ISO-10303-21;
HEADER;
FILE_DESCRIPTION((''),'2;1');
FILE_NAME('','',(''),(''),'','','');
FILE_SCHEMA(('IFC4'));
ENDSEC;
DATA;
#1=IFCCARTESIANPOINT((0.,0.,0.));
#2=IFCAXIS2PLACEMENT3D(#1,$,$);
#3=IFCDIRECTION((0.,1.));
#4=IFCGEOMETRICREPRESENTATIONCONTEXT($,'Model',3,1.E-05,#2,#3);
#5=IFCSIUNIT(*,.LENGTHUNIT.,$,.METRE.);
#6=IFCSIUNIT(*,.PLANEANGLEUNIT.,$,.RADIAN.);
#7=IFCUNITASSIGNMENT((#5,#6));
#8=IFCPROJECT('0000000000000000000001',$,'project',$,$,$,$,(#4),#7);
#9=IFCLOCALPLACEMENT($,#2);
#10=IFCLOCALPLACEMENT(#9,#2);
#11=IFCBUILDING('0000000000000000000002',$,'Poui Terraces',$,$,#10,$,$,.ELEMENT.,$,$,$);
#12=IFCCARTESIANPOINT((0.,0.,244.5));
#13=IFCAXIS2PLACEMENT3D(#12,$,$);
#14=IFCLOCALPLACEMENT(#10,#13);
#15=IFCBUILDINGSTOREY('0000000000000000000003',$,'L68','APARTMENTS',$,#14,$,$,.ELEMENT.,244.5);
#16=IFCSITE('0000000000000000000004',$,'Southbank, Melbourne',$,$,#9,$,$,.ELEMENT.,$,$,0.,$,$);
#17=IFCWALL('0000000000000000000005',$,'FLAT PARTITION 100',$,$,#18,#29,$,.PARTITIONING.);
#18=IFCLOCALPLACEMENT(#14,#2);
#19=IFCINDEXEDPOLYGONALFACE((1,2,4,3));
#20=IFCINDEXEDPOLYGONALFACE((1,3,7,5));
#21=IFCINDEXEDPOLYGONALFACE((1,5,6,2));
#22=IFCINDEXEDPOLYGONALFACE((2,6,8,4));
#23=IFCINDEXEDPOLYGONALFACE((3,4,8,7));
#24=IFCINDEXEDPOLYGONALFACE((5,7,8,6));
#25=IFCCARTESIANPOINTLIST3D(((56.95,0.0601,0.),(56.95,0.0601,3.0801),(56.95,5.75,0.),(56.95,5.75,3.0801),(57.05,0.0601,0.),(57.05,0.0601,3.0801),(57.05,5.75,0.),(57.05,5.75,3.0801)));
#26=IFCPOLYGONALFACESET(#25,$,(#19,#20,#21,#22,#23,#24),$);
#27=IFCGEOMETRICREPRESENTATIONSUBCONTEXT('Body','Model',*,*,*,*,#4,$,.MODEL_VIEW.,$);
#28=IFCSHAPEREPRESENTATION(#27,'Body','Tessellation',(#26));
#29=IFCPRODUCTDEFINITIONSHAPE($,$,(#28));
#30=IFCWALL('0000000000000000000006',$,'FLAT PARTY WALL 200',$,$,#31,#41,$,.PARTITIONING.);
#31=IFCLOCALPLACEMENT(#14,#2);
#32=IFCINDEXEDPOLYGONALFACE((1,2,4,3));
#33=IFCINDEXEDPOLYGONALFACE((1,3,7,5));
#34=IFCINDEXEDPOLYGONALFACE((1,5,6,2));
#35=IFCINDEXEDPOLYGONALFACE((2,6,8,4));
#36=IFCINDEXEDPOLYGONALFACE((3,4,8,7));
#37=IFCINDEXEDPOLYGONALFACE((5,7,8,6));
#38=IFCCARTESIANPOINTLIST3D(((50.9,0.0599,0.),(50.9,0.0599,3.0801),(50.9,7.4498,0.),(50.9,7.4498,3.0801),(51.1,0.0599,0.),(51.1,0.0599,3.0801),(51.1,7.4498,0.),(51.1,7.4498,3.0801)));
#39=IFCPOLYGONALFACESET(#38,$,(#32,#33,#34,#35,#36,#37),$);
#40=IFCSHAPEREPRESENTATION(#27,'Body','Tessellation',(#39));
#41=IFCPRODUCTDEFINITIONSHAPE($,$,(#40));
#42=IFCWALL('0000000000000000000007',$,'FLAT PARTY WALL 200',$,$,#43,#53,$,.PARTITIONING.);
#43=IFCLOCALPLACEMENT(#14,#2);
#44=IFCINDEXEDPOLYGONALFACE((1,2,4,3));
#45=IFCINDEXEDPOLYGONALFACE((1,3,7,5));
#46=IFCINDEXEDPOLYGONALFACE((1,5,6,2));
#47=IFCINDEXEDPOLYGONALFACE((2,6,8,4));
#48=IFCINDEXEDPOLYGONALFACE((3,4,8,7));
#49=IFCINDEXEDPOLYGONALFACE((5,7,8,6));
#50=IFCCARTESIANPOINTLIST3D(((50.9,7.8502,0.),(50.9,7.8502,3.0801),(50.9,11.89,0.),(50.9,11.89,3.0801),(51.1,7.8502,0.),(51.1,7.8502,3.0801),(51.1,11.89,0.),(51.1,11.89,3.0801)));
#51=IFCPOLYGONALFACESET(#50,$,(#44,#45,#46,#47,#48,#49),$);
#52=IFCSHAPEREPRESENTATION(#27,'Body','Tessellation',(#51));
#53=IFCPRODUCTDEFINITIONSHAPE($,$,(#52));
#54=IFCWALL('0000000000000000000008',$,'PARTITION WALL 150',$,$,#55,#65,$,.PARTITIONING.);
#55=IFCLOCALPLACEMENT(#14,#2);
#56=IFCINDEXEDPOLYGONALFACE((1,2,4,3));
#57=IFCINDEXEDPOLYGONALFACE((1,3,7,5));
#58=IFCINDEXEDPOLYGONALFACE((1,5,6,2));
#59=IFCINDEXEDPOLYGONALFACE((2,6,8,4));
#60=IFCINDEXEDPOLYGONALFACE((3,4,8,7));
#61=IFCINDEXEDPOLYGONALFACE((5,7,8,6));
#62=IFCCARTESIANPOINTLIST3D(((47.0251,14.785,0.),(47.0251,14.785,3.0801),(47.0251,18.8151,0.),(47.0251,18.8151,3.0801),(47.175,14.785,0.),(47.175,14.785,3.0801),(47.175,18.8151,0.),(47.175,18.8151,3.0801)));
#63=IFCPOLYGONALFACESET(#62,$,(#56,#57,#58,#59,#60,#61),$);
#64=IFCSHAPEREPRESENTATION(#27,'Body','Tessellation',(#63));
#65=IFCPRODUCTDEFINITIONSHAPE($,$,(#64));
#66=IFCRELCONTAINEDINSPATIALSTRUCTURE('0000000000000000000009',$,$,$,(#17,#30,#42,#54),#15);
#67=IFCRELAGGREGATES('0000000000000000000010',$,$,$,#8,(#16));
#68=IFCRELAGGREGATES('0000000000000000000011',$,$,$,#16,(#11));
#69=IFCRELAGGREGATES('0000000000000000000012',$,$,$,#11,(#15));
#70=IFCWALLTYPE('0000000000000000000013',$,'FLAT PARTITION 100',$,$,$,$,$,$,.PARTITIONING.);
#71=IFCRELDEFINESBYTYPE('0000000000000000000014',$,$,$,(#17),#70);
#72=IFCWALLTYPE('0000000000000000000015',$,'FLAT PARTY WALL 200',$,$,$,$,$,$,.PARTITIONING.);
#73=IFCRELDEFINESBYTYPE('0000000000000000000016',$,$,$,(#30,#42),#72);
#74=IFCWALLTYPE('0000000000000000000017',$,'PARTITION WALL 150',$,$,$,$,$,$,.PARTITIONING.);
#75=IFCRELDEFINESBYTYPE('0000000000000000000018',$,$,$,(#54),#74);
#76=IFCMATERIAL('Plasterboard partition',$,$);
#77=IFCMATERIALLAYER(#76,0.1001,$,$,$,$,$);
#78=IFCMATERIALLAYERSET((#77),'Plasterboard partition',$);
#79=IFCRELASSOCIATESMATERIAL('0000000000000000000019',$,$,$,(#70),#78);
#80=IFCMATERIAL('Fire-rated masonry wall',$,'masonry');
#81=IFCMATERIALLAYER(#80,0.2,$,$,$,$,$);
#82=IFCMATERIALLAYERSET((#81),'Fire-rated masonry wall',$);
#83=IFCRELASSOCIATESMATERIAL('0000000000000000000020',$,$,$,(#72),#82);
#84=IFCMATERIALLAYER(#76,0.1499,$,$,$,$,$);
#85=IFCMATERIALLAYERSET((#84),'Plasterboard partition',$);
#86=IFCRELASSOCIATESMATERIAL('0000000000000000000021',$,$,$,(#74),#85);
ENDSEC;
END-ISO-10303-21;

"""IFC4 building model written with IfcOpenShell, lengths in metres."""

from ifc_helpers import new_model, si_unit, direction, frame, frame_2d, origin, place, context, subcontext, project, spatial, rectangle, extrude, material, layer, layer_set, type_object, element, save


model = new_model("IFC4")

# Units and contexts
model_context = context("Model", 3, precision=1e-05, world=origin(), true_north=direction((0.0, 1.0)))
body_context = subcontext(model_context, "Body", "Model", "MODEL_VIEW")
ifc_project = project(units=[si_unit("LENGTHUNIT", "METRE"), si_unit("PLANEANGLEUNIT", "RADIAN")], contexts=[model_context])

# Site, building, storey
site_placement = place(None, origin())
site = spatial("IfcSite", under=ifc_project, at=site_placement, Name="Southbank, Melbourne", CompositionType="ELEMENT", RefElevation=0.0)
building_placement = place(site_placement, origin())
building = spatial("IfcBuilding", under=site, at=building_placement, Name="Poui Terraces", CompositionType="ELEMENT")
storey_placement = place(building_placement, frame((0.0, 0.0, 244.5)))
storey = spatial("IfcBuildingStorey", under=building, at=storey_placement, Name="L68", Description="APARTMENTS", CompositionType="ELEMENT", Elevation=244.5)

# Shared definitions
ifc_material_1 = material(Name="Plasterboard partition")
ifc_layer_1 = layer(ifc_material_1, 0.1001)
ifc_layer_set_1 = layer_set([ifc_layer_1], Name="Plasterboard partition")
wall_type_1 = type_object("IfcWallType", Name="FLAT PARTITION 100", PredefinedType="PARTITIONING", material=ifc_layer_set_1)

# Walls
wall_1_placement = place(storey_placement, frame((57.0, 0.0601, 0.0), z_axis=(0.0, 0.0, 1.0), x_axis=(0.0, 1.0, 0.0)))
element("IfcWall", 1, at=wall_1_placement, inside=storey, type_object=wall_type_1, Name="FLAT PARTITION 100", PredefinedType="PARTITIONING", context=body_context, shape_type="SweptSolid", body=[
    extrude(rectangle(XDim=5.6899, YDim=0.1001, at=frame_2d((2.845, 0.0))), origin(), (0.0, 0.0, 1.0), 3.0801),
])
ifc_material_2 = material(Name="Fire-rated masonry wall", Category="masonry")
ifc_layer_2 = layer(ifc_material_2, 0.2)
ifc_layer_set_2 = layer_set([ifc_layer_2], Name="Fire-rated masonry wall")
wall_type_2 = type_object("IfcWallType", Name="FLAT PARTY WALL 200", PredefinedType="PARTITIONING", material=ifc_layer_set_2)
wall_2_placement = place(storey_placement, frame((51.0, 0.0601, 0.0), z_axis=(0.0, 0.0, 1.0), x_axis=(0.0, 1.0, 0.0)))
element("IfcWall", 2, at=wall_2_placement, inside=storey, type_object=wall_type_2, Name="FLAT PARTY WALL 200", PredefinedType="PARTITIONING", context=body_context, shape_type="SweptSolid", body=[
    extrude(rectangle(XDim=7.3899, YDim=0.2, at=frame_2d((3.6948, 0.0))), origin(), (0.0, 0.0, 1.0), 3.0801),
])
wall_3_placement = place(storey_placement, frame((51.0, 7.8501, 0.0), z_axis=(0.0, 0.0, 1.0), x_axis=(0.0, 1.0, 0.0)))
element("IfcWall", 3, at=wall_3_placement, inside=storey, type_object=wall_type_2, Name="FLAT PARTY WALL 200", PredefinedType="PARTITIONING", context=body_context, shape_type="SweptSolid", body=[
    extrude(rectangle(XDim=4.0398, YDim=0.2, at=frame_2d((2.02, 0.0))), origin(), (0.0, 0.0, 1.0), 3.0801),
])
ifc_layer_3 = layer(ifc_material_1, 0.1499)
ifc_layer_set_3 = layer_set([ifc_layer_3], Name="Plasterboard partition")
wall_type_3 = type_object("IfcWallType", Name="PARTITION WALL 150", PredefinedType="PARTITIONING", material=ifc_layer_set_3)
wall_4_placement = place(storey_placement, frame((47.1001, 14.7849, 0.0), z_axis=(0.0, 0.0, 1.0), x_axis=(0.0, 1.0, 0.0)))
element("IfcWall", 4, at=wall_4_placement, inside=storey, type_object=wall_type_3, Name="PARTITION WALL 150", PredefinedType="PARTITIONING", context=body_context, shape_type="SweptSolid", body=[
    extrude(rectangle(XDim=4.03, YDim=0.1499, at=frame_2d((2.0151, 0.0))), origin(), (0.0, 0.0, 1.0), 3.0801),
])

save(model, "model.ifc")
